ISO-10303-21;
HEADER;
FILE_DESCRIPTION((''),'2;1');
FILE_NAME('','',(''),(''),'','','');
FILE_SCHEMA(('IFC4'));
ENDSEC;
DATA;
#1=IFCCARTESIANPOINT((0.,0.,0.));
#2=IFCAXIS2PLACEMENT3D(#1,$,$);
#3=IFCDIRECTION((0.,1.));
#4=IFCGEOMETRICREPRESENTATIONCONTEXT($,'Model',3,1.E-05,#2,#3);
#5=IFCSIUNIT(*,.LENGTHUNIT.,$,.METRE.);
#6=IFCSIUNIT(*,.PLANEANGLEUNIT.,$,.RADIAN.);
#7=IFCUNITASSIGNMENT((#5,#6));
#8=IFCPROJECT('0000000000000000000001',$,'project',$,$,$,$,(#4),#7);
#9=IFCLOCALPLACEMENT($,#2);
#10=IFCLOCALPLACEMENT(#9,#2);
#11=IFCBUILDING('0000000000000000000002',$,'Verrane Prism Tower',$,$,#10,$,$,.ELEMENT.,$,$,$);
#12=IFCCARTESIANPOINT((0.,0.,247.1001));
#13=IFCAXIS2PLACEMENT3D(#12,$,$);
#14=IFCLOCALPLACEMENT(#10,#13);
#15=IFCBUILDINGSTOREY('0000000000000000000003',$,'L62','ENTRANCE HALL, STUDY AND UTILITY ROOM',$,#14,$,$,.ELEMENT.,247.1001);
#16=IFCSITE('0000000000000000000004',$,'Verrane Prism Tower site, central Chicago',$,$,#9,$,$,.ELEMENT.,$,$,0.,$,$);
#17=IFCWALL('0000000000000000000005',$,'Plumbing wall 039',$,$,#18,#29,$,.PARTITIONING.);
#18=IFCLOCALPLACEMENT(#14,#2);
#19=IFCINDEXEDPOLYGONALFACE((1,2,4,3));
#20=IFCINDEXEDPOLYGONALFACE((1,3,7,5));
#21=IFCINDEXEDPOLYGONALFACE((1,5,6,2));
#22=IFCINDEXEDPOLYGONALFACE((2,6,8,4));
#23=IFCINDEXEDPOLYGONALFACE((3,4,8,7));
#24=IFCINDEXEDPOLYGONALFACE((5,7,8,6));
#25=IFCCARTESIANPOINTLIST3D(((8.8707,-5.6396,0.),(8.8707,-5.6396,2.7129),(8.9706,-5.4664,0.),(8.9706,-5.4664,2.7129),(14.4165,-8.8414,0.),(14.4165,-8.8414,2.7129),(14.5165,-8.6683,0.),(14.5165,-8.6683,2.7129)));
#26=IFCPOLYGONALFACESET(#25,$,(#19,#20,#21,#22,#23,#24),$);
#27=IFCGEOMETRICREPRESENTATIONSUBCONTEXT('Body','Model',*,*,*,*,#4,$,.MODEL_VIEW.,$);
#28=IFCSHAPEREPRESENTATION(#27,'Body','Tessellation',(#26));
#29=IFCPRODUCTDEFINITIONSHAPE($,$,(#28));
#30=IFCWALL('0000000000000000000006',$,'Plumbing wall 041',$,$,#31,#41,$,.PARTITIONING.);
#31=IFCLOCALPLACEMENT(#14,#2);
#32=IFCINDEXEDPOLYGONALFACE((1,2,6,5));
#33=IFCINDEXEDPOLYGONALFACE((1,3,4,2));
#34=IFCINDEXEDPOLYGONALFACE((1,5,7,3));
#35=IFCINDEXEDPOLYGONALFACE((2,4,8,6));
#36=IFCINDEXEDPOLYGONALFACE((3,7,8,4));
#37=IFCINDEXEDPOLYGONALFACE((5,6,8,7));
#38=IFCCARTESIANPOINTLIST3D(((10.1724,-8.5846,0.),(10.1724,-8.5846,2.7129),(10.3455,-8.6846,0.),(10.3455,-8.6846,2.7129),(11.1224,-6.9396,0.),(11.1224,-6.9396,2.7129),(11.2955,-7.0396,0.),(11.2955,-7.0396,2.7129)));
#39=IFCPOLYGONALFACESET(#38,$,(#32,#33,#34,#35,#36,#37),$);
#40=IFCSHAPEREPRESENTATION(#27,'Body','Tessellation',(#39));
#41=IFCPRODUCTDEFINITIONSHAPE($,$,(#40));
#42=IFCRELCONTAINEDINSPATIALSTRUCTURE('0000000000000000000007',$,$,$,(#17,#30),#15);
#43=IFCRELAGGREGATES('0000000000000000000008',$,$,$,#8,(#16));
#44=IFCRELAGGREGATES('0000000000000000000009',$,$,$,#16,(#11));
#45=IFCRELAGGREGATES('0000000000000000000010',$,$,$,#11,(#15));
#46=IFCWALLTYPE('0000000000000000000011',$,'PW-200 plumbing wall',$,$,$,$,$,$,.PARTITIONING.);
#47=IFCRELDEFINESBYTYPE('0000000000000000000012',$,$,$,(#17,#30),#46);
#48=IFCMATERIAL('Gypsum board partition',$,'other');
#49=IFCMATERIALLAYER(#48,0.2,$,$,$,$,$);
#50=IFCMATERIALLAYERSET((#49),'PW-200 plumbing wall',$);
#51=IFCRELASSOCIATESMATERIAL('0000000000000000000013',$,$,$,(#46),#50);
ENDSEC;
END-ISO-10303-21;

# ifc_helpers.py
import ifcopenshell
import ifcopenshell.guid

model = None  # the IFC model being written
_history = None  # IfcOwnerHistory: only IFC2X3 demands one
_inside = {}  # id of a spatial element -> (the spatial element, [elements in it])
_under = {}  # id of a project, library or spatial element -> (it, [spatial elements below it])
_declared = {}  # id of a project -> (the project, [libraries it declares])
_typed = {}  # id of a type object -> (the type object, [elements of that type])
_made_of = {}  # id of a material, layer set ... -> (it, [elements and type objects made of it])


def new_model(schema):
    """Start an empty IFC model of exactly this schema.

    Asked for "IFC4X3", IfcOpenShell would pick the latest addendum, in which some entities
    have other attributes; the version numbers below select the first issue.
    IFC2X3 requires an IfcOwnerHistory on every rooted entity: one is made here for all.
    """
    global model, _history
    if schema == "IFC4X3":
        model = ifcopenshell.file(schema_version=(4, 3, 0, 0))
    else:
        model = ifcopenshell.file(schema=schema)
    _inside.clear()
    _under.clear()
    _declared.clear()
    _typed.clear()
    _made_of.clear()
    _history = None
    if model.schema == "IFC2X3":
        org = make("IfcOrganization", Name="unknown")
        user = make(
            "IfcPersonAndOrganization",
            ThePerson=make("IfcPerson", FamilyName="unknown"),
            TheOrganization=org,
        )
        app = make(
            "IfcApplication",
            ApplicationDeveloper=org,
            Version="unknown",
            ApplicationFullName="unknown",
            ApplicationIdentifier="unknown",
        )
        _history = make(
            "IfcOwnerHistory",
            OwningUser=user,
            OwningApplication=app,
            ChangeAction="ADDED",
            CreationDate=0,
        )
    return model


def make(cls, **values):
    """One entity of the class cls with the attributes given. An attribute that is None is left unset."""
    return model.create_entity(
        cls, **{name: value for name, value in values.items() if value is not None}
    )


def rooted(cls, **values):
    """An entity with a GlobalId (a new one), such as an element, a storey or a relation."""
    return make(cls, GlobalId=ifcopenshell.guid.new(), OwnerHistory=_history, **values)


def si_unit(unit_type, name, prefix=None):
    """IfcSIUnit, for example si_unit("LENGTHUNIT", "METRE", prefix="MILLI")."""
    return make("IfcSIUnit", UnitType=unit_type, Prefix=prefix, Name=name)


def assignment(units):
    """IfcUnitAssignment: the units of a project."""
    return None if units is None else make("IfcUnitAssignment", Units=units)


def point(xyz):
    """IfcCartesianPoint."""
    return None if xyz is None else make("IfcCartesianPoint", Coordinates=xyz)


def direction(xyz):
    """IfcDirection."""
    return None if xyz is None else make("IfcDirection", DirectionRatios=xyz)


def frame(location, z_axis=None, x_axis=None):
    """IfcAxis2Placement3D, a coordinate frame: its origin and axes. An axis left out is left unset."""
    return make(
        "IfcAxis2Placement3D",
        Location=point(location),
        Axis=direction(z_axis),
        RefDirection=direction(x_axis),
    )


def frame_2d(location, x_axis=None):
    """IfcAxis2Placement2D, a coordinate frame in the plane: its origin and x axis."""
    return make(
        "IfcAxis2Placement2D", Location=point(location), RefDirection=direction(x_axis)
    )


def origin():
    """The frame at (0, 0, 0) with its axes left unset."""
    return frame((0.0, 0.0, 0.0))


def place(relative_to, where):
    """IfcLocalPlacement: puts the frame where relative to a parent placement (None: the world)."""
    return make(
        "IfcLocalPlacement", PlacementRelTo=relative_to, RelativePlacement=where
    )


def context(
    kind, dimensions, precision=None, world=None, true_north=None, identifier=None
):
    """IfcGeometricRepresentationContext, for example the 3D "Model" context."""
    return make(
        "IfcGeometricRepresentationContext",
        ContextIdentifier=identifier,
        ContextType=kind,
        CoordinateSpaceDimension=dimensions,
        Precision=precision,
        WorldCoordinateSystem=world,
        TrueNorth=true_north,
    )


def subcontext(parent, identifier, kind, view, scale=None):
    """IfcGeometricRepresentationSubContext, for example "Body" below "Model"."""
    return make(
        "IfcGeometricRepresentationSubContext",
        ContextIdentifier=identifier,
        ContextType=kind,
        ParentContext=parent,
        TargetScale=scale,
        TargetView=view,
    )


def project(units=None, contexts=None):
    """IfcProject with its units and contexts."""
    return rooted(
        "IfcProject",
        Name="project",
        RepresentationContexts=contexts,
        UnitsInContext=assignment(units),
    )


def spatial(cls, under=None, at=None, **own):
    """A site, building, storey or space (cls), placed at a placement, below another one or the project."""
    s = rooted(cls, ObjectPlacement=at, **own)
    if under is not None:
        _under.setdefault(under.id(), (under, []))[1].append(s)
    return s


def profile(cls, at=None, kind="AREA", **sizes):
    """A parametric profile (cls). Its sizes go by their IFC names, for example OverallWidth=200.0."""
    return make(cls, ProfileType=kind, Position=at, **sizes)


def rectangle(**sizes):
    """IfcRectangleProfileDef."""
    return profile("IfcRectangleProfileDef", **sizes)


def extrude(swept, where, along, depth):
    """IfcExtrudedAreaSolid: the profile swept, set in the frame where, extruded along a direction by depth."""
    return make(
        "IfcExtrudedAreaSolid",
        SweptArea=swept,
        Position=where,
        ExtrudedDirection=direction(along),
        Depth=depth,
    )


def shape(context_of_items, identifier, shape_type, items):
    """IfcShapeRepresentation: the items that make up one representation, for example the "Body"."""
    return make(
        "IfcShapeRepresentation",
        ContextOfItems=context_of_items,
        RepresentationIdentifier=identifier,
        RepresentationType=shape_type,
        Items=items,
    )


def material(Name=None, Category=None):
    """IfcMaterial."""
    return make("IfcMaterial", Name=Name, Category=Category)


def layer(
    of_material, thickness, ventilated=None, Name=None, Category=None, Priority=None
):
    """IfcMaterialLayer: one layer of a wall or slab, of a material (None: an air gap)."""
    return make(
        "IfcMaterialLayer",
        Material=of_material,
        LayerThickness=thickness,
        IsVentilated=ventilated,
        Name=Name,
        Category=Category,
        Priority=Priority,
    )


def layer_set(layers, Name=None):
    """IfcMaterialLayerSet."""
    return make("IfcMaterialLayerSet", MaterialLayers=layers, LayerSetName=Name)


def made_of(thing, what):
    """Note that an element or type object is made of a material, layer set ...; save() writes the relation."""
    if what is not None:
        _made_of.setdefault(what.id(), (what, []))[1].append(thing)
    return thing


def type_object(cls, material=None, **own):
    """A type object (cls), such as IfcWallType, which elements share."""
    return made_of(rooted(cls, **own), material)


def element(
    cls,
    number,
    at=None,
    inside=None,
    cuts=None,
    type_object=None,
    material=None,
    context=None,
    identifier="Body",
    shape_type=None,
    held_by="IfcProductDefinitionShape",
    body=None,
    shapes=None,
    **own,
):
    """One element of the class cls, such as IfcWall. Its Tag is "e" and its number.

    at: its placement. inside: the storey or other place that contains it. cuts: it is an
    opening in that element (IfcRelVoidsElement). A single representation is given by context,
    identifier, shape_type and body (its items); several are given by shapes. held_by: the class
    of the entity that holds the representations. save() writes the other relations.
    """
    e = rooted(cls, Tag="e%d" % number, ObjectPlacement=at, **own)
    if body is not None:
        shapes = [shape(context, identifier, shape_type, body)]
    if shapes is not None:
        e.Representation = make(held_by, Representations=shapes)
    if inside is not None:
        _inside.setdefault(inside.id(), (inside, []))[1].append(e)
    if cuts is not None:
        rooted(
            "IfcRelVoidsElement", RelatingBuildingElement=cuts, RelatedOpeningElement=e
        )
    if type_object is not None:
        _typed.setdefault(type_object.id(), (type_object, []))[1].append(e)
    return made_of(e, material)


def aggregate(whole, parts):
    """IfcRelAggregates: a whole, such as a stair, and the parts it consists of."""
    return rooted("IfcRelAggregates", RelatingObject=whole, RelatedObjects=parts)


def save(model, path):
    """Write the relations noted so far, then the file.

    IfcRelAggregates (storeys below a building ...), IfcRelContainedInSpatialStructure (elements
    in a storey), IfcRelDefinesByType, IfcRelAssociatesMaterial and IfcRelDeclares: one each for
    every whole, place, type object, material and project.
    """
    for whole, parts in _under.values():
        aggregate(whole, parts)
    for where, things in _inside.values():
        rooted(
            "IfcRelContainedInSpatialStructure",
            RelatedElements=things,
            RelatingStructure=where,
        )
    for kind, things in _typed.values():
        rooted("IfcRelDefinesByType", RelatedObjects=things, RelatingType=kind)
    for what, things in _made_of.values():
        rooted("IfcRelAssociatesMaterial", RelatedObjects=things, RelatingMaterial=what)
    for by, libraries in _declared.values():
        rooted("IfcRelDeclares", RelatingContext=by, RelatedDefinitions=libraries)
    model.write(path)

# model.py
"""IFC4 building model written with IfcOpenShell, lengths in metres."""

from ifc_helpers import new_model, si_unit, direction, frame, frame_2d, origin, place, context, subcontext, project, spatial, rectangle, extrude, material, layer, layer_set, type_object, element, save


model = new_model("IFC4")

# Units and contexts
model_context = context("Model", 3, precision=1e-05, world=origin(), true_north=direction((0.0, 1.0)))
body_context = subcontext(model_context, "Body", "Model", "MODEL_VIEW")
ifc_project = project(units=[si_unit("LENGTHUNIT", "METRE"), si_unit("PLANEANGLEUNIT", "RADIAN")], contexts=[model_context])

# Site, building, storey
site_placement = place(None, origin())
site = spatial("IfcSite", under=ifc_project, at=site_placement, Name="Verrane Prism Tower site, central Chicago", CompositionType="ELEMENT", RefElevation=0.0)
building_placement = place(site_placement, origin())
building = spatial("IfcBuilding", under=site, at=building_placement, Name="Verrane Prism Tower", CompositionType="ELEMENT")
storey_placement = place(building_placement, frame((0.0, 0.0, 247.1001)))
storey = spatial("IfcBuildingStorey", under=building, at=storey_placement, Name="L62", Description="ENTRANCE HALL, STUDY AND UTILITY ROOM", CompositionType="ELEMENT", Elevation=247.1001)

# Shared definitions
ifc_material_1 = material(Name="Gypsum board partition", Category="other")
ifc_layer_1 = layer(ifc_material_1, 0.2)
ifc_layer_set_1 = layer_set([ifc_layer_1], Name="PW-200 plumbing wall")
wall_type_1 = type_object("IfcWallType", Name="PW-200 plumbing wall", PredefinedType="PARTITIONING", material=ifc_layer_set_1)

# Walls
wall_1_placement = place(storey_placement, frame((8.9207, -5.553, 0.0), z_axis=(0.0, 0.0, 1.0), x_axis=(0.866027, -0.499997, 0.0)))
element("IfcWall", 1, at=wall_1_placement, inside=storey, type_object=wall_type_1, Name="Plumbing wall 039", PredefinedType="PARTITIONING", context=body_context, shape_type="SweptSolid", body=[
    extrude(rectangle(XDim=6.4038, YDim=0.2, at=frame_2d((3.2019, 0.0))), origin(), (0.0, 0.0, 1.0), 2.7129),
])
wall_2_placement = place(storey_placement, frame((10.259, -8.6345, 0.0), z_axis=(0.0, 0.0, 1.0), x_axis=(0.500078, 0.86598, 0.0)))
element("IfcWall", 2, at=wall_2_placement, inside=storey, type_object=wall_type_1, Name="Plumbing wall 041", PredefinedType="PARTITIONING", context=body_context, shape_type="SweptSolid", body=[
    extrude(rectangle(XDim=1.8997, YDim=0.2, at=frame_2d((0.9497, 0.0))), origin(), (0.0, 0.0, 1.0), 2.7129),
])

save(model, "model.ifc")
